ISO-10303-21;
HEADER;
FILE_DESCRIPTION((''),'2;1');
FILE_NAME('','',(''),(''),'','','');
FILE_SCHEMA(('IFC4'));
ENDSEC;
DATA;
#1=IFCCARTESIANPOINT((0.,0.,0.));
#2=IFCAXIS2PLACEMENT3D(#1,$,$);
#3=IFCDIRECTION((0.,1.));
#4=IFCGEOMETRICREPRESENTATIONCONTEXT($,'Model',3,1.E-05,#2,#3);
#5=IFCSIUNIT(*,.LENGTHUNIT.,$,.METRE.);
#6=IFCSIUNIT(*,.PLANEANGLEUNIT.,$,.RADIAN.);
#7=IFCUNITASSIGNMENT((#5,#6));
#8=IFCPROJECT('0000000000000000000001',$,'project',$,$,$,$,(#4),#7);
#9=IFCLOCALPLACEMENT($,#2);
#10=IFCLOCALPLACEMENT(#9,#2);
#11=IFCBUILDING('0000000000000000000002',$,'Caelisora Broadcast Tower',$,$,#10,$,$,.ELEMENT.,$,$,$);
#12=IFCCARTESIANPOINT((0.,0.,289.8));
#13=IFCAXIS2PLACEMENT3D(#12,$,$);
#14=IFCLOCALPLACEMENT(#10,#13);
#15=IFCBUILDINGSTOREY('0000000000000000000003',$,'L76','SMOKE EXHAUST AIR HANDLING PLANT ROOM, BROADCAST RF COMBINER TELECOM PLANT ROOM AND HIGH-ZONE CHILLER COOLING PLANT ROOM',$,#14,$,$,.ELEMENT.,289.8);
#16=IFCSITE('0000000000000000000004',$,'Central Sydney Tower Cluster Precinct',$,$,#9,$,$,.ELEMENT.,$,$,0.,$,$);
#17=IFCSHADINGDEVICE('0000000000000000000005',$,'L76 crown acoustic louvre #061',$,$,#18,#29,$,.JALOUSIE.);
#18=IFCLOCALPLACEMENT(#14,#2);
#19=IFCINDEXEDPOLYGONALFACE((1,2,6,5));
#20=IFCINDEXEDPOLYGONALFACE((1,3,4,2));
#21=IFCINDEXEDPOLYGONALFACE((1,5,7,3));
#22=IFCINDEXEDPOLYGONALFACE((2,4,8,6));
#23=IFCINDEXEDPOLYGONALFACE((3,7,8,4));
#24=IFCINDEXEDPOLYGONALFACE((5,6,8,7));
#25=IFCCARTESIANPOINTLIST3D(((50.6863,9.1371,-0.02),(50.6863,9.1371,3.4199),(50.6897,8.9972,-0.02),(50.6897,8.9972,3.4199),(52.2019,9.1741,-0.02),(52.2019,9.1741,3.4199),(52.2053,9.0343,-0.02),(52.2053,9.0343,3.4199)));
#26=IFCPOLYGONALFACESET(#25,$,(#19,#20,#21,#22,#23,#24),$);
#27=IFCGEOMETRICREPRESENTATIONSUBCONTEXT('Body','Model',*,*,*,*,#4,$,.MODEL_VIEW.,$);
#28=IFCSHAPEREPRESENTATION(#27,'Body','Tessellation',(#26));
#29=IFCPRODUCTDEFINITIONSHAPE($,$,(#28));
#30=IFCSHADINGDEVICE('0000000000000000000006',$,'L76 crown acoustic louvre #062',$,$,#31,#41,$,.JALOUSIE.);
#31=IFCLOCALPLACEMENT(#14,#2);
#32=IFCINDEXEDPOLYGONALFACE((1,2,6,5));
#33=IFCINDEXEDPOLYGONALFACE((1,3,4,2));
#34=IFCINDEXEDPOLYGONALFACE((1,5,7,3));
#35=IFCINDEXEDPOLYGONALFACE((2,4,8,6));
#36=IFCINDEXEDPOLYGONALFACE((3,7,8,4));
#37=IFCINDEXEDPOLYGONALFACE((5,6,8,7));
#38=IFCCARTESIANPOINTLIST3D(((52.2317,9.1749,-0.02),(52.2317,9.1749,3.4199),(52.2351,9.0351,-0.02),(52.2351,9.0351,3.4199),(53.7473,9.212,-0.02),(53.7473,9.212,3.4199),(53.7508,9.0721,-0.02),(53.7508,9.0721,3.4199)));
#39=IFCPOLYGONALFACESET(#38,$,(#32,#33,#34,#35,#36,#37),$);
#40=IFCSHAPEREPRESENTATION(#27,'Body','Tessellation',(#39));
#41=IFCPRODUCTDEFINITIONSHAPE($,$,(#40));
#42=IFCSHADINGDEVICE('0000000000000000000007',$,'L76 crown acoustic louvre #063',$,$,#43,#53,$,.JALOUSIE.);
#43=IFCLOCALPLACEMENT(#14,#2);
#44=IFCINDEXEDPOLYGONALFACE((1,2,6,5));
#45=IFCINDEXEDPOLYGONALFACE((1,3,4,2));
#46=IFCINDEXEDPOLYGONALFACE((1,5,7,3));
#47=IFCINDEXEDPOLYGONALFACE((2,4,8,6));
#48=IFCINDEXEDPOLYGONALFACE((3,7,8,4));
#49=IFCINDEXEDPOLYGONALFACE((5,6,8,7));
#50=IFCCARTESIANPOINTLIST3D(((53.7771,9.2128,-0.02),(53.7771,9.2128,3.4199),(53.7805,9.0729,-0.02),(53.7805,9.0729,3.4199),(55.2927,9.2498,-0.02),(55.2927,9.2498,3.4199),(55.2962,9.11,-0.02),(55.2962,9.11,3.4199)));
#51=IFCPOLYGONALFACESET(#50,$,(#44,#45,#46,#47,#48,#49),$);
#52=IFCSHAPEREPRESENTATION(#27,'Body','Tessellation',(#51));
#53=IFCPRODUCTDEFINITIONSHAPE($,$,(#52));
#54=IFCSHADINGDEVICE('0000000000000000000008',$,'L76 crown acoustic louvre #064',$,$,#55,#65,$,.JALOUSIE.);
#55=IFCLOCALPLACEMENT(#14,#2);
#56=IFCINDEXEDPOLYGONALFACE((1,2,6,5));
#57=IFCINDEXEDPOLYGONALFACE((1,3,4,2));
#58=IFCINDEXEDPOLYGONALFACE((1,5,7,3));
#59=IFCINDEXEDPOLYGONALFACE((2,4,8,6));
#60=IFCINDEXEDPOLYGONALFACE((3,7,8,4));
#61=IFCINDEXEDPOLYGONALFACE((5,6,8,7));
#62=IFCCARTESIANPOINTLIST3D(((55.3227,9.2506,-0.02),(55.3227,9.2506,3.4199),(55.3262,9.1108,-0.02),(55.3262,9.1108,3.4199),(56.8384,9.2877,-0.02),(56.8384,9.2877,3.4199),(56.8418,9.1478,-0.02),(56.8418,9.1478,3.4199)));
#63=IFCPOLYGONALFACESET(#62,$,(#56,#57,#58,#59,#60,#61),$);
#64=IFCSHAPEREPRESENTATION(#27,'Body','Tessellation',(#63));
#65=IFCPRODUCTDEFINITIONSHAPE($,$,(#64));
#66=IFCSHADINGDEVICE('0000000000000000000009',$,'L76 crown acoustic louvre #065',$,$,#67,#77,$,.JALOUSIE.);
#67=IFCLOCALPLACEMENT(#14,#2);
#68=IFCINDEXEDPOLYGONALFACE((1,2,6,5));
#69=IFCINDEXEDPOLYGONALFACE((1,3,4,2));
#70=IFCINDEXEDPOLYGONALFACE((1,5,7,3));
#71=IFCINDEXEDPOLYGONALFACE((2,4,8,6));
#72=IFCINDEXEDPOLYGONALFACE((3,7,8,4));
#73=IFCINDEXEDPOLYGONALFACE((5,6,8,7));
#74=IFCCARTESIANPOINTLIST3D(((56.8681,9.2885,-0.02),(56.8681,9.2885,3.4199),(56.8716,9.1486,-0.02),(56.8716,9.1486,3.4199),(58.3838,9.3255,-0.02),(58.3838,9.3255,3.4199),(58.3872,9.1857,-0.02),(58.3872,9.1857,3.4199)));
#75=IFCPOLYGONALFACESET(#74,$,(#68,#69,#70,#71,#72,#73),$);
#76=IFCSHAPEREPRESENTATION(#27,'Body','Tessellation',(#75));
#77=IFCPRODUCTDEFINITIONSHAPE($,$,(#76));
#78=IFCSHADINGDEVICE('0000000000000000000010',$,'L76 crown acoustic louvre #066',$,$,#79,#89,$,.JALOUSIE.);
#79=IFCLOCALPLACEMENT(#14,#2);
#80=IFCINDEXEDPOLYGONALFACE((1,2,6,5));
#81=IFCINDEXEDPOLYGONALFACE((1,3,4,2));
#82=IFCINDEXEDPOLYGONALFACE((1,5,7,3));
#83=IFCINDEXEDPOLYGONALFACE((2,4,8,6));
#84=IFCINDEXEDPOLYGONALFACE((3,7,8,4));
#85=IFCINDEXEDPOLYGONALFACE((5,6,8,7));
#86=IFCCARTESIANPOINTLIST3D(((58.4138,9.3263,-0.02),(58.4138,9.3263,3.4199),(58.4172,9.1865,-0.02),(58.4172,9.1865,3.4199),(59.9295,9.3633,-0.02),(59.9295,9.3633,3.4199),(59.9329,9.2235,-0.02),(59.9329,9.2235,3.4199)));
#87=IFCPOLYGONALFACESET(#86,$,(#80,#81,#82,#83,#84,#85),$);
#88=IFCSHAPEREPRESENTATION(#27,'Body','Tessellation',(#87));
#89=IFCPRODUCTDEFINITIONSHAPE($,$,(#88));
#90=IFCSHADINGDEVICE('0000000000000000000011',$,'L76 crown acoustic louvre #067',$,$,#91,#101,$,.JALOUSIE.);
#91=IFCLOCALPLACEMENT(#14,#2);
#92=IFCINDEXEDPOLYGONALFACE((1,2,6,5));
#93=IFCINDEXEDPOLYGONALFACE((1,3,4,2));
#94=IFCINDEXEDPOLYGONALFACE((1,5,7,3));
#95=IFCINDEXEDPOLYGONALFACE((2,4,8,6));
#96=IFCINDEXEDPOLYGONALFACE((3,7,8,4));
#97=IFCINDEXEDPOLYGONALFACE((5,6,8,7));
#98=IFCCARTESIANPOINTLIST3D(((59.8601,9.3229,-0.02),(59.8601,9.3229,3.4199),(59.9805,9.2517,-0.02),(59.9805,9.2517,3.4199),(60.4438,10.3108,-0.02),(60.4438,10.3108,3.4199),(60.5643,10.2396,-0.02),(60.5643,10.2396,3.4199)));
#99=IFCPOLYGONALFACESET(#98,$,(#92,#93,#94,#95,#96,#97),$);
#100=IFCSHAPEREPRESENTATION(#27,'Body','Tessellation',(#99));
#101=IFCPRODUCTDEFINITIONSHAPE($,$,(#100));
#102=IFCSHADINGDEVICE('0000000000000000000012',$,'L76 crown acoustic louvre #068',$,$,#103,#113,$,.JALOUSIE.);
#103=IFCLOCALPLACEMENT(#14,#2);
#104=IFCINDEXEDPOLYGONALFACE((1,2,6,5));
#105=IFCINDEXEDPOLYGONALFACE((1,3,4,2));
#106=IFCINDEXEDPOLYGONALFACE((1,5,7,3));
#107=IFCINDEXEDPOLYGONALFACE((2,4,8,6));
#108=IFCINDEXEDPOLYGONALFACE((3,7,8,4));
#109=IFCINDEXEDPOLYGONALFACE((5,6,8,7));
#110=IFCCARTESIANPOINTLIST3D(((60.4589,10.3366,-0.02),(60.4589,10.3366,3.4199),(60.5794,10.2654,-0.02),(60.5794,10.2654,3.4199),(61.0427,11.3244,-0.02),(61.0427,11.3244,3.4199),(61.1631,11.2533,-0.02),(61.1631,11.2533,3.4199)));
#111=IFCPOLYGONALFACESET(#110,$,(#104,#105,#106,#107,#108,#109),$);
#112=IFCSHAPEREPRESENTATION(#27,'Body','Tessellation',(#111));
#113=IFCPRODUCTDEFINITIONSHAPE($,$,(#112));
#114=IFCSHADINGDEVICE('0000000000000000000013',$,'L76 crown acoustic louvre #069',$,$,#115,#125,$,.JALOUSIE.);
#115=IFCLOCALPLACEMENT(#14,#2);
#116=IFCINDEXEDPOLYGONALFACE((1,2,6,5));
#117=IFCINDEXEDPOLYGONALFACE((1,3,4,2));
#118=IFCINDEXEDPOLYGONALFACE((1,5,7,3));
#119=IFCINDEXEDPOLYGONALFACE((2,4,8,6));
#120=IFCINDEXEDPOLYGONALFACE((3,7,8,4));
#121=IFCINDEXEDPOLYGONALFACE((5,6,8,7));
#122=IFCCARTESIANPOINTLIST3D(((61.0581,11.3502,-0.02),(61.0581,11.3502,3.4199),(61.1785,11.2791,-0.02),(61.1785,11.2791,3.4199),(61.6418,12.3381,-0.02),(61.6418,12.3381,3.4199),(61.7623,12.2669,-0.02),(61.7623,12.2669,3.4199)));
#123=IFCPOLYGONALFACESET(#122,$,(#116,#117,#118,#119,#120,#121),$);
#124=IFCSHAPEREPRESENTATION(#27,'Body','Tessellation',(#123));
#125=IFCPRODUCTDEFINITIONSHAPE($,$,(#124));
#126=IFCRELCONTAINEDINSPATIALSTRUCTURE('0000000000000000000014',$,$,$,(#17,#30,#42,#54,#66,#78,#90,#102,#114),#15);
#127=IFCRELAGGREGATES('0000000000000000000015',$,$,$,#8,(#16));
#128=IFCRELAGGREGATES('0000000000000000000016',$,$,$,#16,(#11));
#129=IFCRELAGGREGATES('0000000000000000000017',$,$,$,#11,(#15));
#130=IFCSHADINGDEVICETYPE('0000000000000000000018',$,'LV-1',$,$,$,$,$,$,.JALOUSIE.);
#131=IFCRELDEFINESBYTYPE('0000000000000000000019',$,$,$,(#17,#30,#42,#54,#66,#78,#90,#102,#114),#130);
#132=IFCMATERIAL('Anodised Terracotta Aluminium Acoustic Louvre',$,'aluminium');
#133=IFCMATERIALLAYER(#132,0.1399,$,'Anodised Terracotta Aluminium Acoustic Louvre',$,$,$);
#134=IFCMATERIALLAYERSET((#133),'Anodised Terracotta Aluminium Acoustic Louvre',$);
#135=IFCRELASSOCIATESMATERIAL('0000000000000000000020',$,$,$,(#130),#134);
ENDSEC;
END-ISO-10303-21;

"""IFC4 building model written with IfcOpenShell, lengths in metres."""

from ifc_helpers import new_model, si_unit, direction, frame, origin, origin_2d, place, context, subcontext, project, spatial, rectangle, extrude, source, transform, mapped, material, layer, layer_set, type_object, type_shapes, element, save


model = new_model("IFC4")

# Units and contexts
model_context = context("Model", 3, precision=1e-05, world=origin(), true_north=direction((0.0, 1.0)))
body_context = subcontext(model_context, "Body", "Model", "MODEL_VIEW")
ifc_project = project(units=[si_unit("LENGTHUNIT", "METRE"), si_unit("PLANEANGLEUNIT", "RADIAN")], contexts=[model_context])

# Site, building, storey
site_placement = place(None, origin())
site = spatial("IfcSite", under=ifc_project, at=site_placement, Name="Central Sydney Tower Cluster Precinct", CompositionType="ELEMENT", RefElevation=0.0)
building_placement = place(site_placement, origin())
building = spatial("IfcBuilding", under=site, at=building_placement, Name="Caelisora Broadcast Tower", CompositionType="ELEMENT")
storey_placement = place(building_placement, frame((0.0, 0.0, 289.8)))
storey = spatial("IfcBuildingStorey", under=building, at=storey_placement, Name="L76", Description="SMOKE EXHAUST AIR HANDLING PLANT ROOM, BROADCAST RF COMBINER TELECOM PLANT ROOM AND HIGH-ZONE CHILLER COOLING PLANT ROOM", CompositionType="ELEMENT", Elevation=289.8)

# Shading devices
ifc_material_1 = material(Name="Anodised Terracotta Aluminium Acoustic Louvre", Category="aluminium")
ifc_layer_1 = layer(ifc_material_1, 0.1399, Name="Anodised Terracotta Aluminium Acoustic Louvre")
ifc_layer_set_1 = layer_set([ifc_layer_1], Name="Anodised Terracotta Aluminium Acoustic Louvre")
shading_device_type = type_object("IfcShadingDeviceType", Name="LV-1", PredefinedType="JALOUSIE", material=ifc_layer_set_1)
shared_shape_1 = source(origin(), body_context, "Body", "SweptSolid", [
    extrude(rectangle(XDim=1.5161, YDim=0.1399, at=origin_2d()), origin(), (0.0, 0.0, 1.0), 3.4399),
])
for number, where, z_axis, x_axis, name in (
    (1, (51.4458, 9.0857, -0.02), (0.0, 0.0, 1.0), (0.999701, 0.024432, 0.0), "L76 crown acoustic louvre #061"),
    (2, (52.9912, 9.1235, -0.02), (0.0, 0.0, 1.0), (0.999701, 0.024432, 0.0), "L76 crown acoustic louvre #062"),
    (3, (54.5366, 9.1614, -0.02), (0.0, 0.0, 1.0), (0.999701, 0.024432, 0.0), "L76 crown acoustic louvre #063"),
    (4, (56.0823, 9.1992, -0.02), (0.0, 0.0, 1.0), (0.999701, 0.024432, 0.0), "L76 crown acoustic louvre #064"),
    (5, (57.6277, 9.2371, -0.02), (0.0, 0.0, 1.0), (0.999701, 0.024432, 0.0), "L76 crown acoustic louvre #065"),
    (6, (59.1733, 9.2749, -0.02), (0.0, 0.0, 1.0), (0.999701, 0.024432, 0.0), "L76 crown acoustic louvre #066"),
):
    element("IfcShadingDevice", number, at=place(storey_placement, frame(where, z_axis=z_axis, x_axis=x_axis)), inside=storey, type_object=shading_device_type, Name=name, PredefinedType="JALOUSIE", context=body_context, shape_type="MappedRepresentation", body=[
        mapped(shared_shape_1, transform((0.0, 0.0, 0.0), scale=1.0)),
    ])
shared_shape_2 = source(origin(), body_context, "Body", "SweptSolid", [
    extrude(rectangle(XDim=1.1475, YDim=0.1399, at=origin_2d()), origin(), (0.0, 0.0, 1.0), 3.4399),
])
type_shapes(shading_device_type, [shared_shape_1, shared_shape_2])
for number, where, z_axis, x_axis, name in (
    (7, (60.2122, 9.7812, -0.02), (0.0, 0.0, 1.0), (0.508741, 0.86092, 0.0), "L76 crown acoustic louvre #067"),
    (8, (60.811, 10.7949, -0.02), (0.0, 0.0, 1.0), (0.508741, 0.86092, 0.0), "L76 crown acoustic louvre #068"),
    (9, (61.4102, 11.8086, -0.02), (0.0, 0.0, 1.0), (0.508741, 0.86092, 0.0), "L76 crown acoustic louvre #069"),
):
    element("IfcShadingDevice", number, at=place(storey_placement, frame(where, z_axis=z_axis, x_axis=x_axis)), inside=storey, type_object=shading_device_type, Name=name, PredefinedType="JALOUSIE", context=body_context, shape_type="MappedRepresentation", body=[
        mapped(shared_shape_2, transform((0.0, 0.0, 0.0), scale=1.0)),
    ])

save(model, "model.ifc")
